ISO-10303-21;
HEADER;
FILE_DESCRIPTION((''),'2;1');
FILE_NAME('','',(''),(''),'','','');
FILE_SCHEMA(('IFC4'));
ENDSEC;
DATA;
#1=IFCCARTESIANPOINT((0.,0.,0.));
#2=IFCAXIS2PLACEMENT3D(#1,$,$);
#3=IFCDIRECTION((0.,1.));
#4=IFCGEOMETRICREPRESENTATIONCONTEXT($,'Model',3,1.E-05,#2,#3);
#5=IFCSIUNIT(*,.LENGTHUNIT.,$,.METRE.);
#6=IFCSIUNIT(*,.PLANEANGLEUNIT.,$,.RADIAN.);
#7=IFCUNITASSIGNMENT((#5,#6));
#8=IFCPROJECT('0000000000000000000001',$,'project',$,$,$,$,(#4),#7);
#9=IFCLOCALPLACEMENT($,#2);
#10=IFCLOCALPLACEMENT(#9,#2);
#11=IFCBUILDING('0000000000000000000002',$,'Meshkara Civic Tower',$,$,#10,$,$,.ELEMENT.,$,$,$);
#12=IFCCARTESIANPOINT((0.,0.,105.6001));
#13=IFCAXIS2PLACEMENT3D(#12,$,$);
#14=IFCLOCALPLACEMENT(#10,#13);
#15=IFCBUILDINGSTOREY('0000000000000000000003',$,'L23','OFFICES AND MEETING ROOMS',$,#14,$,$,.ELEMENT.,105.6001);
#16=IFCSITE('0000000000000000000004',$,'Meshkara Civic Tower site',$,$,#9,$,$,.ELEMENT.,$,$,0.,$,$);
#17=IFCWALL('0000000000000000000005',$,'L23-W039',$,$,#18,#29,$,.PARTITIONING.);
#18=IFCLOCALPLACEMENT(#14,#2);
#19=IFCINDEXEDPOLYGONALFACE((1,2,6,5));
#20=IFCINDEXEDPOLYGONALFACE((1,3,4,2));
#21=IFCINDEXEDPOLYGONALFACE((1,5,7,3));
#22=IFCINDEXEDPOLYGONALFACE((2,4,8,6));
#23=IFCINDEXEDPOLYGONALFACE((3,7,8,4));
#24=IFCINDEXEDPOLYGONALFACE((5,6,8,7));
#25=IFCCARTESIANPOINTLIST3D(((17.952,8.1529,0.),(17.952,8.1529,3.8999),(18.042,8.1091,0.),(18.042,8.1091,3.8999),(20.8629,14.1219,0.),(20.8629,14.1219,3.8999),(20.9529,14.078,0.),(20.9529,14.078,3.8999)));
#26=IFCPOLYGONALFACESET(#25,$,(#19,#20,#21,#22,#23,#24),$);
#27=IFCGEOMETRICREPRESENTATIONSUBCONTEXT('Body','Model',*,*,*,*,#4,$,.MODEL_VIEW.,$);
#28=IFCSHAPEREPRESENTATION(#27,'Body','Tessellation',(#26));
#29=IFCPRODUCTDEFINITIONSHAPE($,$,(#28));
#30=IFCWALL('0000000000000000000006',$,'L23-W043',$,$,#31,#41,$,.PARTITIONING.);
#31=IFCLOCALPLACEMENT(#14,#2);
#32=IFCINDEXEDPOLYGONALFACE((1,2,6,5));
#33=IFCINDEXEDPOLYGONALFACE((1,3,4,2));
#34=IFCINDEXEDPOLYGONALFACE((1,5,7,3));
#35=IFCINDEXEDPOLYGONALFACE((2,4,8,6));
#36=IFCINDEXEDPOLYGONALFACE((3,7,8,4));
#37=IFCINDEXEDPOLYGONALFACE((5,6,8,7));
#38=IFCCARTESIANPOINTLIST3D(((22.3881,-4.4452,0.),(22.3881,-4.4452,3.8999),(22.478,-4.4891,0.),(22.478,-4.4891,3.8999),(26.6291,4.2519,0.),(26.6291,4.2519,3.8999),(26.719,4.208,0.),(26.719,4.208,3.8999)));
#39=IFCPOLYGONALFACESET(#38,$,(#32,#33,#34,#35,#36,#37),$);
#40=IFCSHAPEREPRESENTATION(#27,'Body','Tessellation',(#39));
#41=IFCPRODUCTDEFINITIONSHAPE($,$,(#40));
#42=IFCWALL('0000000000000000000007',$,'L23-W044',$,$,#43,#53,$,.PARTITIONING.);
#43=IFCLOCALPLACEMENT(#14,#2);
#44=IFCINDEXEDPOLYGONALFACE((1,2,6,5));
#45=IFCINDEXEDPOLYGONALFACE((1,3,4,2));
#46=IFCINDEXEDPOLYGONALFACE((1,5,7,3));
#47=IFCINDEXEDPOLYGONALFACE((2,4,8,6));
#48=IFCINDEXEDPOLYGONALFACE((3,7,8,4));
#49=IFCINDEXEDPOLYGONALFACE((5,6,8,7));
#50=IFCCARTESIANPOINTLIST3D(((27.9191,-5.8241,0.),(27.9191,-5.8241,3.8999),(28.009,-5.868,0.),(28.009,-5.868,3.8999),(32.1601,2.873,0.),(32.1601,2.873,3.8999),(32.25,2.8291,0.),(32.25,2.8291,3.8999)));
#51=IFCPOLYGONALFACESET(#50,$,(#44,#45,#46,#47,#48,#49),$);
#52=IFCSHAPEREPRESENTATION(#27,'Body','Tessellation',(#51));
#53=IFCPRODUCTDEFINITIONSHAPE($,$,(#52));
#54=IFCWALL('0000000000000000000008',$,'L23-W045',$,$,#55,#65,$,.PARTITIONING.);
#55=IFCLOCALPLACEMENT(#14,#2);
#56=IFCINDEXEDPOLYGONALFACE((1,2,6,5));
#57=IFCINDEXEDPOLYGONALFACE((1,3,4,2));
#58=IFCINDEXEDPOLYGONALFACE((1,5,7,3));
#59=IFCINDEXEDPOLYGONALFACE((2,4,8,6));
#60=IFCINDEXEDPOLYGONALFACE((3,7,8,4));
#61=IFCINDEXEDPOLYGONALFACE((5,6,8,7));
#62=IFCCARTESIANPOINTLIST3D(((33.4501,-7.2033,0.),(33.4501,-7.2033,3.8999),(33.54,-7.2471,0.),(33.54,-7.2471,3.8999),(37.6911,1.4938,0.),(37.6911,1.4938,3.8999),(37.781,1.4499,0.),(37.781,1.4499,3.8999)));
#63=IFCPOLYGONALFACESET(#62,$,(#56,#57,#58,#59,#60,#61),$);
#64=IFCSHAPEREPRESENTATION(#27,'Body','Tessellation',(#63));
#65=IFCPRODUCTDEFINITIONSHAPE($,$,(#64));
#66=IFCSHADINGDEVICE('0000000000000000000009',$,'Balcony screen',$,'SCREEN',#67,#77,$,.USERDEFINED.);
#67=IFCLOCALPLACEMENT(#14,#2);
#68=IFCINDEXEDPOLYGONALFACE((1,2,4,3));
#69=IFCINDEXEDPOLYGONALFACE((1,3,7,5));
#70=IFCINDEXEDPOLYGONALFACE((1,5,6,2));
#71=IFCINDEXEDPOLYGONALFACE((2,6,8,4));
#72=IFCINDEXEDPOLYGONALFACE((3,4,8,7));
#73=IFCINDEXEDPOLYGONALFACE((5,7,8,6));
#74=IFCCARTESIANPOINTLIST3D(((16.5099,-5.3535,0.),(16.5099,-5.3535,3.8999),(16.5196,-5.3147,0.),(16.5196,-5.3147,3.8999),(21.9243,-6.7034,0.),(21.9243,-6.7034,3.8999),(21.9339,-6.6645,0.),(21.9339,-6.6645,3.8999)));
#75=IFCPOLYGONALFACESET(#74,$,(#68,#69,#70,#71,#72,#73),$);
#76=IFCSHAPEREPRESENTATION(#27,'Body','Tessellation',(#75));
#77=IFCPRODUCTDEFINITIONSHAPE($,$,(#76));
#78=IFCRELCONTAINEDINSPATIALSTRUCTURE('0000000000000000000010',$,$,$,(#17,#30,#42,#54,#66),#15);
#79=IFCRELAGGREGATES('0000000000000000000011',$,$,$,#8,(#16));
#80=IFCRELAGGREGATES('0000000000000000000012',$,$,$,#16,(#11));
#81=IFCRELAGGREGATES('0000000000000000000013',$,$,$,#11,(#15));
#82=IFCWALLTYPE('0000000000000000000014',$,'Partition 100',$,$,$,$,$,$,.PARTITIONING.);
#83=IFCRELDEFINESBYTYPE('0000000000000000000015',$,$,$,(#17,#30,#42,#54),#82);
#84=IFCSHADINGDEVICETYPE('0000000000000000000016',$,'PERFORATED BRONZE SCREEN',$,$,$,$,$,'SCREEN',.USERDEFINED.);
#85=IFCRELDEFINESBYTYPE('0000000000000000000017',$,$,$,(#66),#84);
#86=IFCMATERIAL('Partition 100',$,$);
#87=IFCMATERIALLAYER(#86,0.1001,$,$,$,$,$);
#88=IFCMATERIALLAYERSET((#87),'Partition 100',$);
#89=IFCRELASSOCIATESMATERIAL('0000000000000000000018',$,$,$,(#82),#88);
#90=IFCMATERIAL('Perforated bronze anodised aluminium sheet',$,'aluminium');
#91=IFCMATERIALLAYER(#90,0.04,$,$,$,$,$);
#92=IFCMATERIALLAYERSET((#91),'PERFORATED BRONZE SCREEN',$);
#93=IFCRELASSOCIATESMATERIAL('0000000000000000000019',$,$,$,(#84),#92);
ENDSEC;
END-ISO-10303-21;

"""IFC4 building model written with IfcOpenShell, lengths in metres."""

from ifc_helpers import new_model, si_unit, direction, frame, frame_2d, origin, origin_2d, place, context, subcontext, project, spatial, rectangle, extrude, material, layer, layer_set, type_object, element, save


model = new_model("IFC4")

# Units and contexts
model_context = context("Model", 3, precision=1e-05, world=origin(), true_north=direction((0.0, 1.0)))
body_context = subcontext(model_context, "Body", "Model", "MODEL_VIEW")
ifc_project = project(units=[si_unit("LENGTHUNIT", "METRE"), si_unit("PLANEANGLEUNIT", "RADIAN")], contexts=[model_context])

# Site, building, storey
site_placement = place(None, origin())
site = spatial("IfcSite", under=ifc_project, at=site_placement, Name="Meshkara Civic Tower site", CompositionType="ELEMENT", RefElevation=0.0)
building_placement = place(site_placement, origin())
building = spatial("IfcBuilding", under=site, at=building_placement, Name="Meshkara Civic Tower", CompositionType="ELEMENT")
storey_placement = place(building_placement, frame((0.0, 0.0, 105.6001)))
storey = spatial("IfcBuildingStorey", under=building, at=storey_placement, Name="L23", Description="OFFICES AND MEETING ROOMS", CompositionType="ELEMENT", Elevation=105.6001)

# Walls
ifc_material_1 = material(Name="Partition 100")
ifc_layer_1 = layer(ifc_material_1, 0.1001)
ifc_layer_set_1 = layer_set([ifc_layer_1], Name="Partition 100")
wall_type_1 = type_object("IfcWallType", Name="Partition 100", PredefinedType="PARTITIONING", material=ifc_layer_set_1)
wall_1_placement = place(storey_placement, frame((17.9971, 8.1311, 0.0), z_axis=(0.0, 0.0, 1.0), x_axis=(0.438324, 0.898817, 0.0)))
element("IfcWall", 1, at=wall_1_placement, inside=storey, type_object=wall_type_1, Name="L23-W039", PredefinedType="PARTITIONING", context=body_context, shape_type="SweptSolid", body=[
    extrude(rectangle(XDim=6.6409, YDim=0.1001, at=frame_2d((3.3203, 0.0))), origin(), (0.0, 0.0, 1.0), 3.8999),
])
for number, where, z_axis, x_axis, name in (
    (2, (22.4331, -4.467, 0.0), (0.0, 0.0, 1.0), (0.4383, 0.898829, 0.0), "L23-W043"),
    (3, (27.9641, -5.8459, 0.0), (0.0, 0.0, 1.0), (0.4383, 0.898829, 0.0), "L23-W044"),
    (4, (33.4951, -7.2251, 0.0), (0.0, 0.0, 1.0), (0.4383, 0.898829, 0.0), "L23-W045"),
):
    element("IfcWall", number, at=place(storey_placement, frame(where, z_axis=z_axis, x_axis=x_axis)), inside=storey, type_object=wall_type_1, Name=name, PredefinedType="PARTITIONING", context=body_context, shape_type="SweptSolid", body=[
        extrude(rectangle(XDim=9.676, YDim=0.1001, at=frame_2d((4.8379, 0.0))), origin(), (0.0, 0.0, 1.0), 3.8999),
    ])

# Shading device
ifc_material_2 = material(Name="Perforated bronze anodised aluminium sheet", Category="aluminium")
ifc_layer_2 = layer(ifc_material_2, 0.04)
ifc_layer_set_2 = layer_set([ifc_layer_2], Name="PERFORATED BRONZE SCREEN")
shading_device_type = type_object("IfcShadingDeviceType", Name="PERFORATED BRONZE SCREEN", ElementType="SCREEN", PredefinedType="USERDEFINED", material=ifc_layer_set_2)
shading_device_placement = place(storey_placement, frame((19.2219, -6.009, 0.0), z_axis=(0.0, 0.0, 1.0), x_axis=(0.9703, -0.241905, 0.0)))
element("IfcShadingDevice", 5, at=shading_device_placement, inside=storey, type_object=shading_device_type, Name="Balcony screen", ObjectType="SCREEN", PredefinedType="USERDEFINED", context=body_context, shape_type="SweptSolid", body=[
    extrude(rectangle(XDim=5.5801, YDim=0.04, at=origin_2d()), origin(), (0.0, 0.0, 1.0), 3.8999),
])

save(model, "model.ifc")
